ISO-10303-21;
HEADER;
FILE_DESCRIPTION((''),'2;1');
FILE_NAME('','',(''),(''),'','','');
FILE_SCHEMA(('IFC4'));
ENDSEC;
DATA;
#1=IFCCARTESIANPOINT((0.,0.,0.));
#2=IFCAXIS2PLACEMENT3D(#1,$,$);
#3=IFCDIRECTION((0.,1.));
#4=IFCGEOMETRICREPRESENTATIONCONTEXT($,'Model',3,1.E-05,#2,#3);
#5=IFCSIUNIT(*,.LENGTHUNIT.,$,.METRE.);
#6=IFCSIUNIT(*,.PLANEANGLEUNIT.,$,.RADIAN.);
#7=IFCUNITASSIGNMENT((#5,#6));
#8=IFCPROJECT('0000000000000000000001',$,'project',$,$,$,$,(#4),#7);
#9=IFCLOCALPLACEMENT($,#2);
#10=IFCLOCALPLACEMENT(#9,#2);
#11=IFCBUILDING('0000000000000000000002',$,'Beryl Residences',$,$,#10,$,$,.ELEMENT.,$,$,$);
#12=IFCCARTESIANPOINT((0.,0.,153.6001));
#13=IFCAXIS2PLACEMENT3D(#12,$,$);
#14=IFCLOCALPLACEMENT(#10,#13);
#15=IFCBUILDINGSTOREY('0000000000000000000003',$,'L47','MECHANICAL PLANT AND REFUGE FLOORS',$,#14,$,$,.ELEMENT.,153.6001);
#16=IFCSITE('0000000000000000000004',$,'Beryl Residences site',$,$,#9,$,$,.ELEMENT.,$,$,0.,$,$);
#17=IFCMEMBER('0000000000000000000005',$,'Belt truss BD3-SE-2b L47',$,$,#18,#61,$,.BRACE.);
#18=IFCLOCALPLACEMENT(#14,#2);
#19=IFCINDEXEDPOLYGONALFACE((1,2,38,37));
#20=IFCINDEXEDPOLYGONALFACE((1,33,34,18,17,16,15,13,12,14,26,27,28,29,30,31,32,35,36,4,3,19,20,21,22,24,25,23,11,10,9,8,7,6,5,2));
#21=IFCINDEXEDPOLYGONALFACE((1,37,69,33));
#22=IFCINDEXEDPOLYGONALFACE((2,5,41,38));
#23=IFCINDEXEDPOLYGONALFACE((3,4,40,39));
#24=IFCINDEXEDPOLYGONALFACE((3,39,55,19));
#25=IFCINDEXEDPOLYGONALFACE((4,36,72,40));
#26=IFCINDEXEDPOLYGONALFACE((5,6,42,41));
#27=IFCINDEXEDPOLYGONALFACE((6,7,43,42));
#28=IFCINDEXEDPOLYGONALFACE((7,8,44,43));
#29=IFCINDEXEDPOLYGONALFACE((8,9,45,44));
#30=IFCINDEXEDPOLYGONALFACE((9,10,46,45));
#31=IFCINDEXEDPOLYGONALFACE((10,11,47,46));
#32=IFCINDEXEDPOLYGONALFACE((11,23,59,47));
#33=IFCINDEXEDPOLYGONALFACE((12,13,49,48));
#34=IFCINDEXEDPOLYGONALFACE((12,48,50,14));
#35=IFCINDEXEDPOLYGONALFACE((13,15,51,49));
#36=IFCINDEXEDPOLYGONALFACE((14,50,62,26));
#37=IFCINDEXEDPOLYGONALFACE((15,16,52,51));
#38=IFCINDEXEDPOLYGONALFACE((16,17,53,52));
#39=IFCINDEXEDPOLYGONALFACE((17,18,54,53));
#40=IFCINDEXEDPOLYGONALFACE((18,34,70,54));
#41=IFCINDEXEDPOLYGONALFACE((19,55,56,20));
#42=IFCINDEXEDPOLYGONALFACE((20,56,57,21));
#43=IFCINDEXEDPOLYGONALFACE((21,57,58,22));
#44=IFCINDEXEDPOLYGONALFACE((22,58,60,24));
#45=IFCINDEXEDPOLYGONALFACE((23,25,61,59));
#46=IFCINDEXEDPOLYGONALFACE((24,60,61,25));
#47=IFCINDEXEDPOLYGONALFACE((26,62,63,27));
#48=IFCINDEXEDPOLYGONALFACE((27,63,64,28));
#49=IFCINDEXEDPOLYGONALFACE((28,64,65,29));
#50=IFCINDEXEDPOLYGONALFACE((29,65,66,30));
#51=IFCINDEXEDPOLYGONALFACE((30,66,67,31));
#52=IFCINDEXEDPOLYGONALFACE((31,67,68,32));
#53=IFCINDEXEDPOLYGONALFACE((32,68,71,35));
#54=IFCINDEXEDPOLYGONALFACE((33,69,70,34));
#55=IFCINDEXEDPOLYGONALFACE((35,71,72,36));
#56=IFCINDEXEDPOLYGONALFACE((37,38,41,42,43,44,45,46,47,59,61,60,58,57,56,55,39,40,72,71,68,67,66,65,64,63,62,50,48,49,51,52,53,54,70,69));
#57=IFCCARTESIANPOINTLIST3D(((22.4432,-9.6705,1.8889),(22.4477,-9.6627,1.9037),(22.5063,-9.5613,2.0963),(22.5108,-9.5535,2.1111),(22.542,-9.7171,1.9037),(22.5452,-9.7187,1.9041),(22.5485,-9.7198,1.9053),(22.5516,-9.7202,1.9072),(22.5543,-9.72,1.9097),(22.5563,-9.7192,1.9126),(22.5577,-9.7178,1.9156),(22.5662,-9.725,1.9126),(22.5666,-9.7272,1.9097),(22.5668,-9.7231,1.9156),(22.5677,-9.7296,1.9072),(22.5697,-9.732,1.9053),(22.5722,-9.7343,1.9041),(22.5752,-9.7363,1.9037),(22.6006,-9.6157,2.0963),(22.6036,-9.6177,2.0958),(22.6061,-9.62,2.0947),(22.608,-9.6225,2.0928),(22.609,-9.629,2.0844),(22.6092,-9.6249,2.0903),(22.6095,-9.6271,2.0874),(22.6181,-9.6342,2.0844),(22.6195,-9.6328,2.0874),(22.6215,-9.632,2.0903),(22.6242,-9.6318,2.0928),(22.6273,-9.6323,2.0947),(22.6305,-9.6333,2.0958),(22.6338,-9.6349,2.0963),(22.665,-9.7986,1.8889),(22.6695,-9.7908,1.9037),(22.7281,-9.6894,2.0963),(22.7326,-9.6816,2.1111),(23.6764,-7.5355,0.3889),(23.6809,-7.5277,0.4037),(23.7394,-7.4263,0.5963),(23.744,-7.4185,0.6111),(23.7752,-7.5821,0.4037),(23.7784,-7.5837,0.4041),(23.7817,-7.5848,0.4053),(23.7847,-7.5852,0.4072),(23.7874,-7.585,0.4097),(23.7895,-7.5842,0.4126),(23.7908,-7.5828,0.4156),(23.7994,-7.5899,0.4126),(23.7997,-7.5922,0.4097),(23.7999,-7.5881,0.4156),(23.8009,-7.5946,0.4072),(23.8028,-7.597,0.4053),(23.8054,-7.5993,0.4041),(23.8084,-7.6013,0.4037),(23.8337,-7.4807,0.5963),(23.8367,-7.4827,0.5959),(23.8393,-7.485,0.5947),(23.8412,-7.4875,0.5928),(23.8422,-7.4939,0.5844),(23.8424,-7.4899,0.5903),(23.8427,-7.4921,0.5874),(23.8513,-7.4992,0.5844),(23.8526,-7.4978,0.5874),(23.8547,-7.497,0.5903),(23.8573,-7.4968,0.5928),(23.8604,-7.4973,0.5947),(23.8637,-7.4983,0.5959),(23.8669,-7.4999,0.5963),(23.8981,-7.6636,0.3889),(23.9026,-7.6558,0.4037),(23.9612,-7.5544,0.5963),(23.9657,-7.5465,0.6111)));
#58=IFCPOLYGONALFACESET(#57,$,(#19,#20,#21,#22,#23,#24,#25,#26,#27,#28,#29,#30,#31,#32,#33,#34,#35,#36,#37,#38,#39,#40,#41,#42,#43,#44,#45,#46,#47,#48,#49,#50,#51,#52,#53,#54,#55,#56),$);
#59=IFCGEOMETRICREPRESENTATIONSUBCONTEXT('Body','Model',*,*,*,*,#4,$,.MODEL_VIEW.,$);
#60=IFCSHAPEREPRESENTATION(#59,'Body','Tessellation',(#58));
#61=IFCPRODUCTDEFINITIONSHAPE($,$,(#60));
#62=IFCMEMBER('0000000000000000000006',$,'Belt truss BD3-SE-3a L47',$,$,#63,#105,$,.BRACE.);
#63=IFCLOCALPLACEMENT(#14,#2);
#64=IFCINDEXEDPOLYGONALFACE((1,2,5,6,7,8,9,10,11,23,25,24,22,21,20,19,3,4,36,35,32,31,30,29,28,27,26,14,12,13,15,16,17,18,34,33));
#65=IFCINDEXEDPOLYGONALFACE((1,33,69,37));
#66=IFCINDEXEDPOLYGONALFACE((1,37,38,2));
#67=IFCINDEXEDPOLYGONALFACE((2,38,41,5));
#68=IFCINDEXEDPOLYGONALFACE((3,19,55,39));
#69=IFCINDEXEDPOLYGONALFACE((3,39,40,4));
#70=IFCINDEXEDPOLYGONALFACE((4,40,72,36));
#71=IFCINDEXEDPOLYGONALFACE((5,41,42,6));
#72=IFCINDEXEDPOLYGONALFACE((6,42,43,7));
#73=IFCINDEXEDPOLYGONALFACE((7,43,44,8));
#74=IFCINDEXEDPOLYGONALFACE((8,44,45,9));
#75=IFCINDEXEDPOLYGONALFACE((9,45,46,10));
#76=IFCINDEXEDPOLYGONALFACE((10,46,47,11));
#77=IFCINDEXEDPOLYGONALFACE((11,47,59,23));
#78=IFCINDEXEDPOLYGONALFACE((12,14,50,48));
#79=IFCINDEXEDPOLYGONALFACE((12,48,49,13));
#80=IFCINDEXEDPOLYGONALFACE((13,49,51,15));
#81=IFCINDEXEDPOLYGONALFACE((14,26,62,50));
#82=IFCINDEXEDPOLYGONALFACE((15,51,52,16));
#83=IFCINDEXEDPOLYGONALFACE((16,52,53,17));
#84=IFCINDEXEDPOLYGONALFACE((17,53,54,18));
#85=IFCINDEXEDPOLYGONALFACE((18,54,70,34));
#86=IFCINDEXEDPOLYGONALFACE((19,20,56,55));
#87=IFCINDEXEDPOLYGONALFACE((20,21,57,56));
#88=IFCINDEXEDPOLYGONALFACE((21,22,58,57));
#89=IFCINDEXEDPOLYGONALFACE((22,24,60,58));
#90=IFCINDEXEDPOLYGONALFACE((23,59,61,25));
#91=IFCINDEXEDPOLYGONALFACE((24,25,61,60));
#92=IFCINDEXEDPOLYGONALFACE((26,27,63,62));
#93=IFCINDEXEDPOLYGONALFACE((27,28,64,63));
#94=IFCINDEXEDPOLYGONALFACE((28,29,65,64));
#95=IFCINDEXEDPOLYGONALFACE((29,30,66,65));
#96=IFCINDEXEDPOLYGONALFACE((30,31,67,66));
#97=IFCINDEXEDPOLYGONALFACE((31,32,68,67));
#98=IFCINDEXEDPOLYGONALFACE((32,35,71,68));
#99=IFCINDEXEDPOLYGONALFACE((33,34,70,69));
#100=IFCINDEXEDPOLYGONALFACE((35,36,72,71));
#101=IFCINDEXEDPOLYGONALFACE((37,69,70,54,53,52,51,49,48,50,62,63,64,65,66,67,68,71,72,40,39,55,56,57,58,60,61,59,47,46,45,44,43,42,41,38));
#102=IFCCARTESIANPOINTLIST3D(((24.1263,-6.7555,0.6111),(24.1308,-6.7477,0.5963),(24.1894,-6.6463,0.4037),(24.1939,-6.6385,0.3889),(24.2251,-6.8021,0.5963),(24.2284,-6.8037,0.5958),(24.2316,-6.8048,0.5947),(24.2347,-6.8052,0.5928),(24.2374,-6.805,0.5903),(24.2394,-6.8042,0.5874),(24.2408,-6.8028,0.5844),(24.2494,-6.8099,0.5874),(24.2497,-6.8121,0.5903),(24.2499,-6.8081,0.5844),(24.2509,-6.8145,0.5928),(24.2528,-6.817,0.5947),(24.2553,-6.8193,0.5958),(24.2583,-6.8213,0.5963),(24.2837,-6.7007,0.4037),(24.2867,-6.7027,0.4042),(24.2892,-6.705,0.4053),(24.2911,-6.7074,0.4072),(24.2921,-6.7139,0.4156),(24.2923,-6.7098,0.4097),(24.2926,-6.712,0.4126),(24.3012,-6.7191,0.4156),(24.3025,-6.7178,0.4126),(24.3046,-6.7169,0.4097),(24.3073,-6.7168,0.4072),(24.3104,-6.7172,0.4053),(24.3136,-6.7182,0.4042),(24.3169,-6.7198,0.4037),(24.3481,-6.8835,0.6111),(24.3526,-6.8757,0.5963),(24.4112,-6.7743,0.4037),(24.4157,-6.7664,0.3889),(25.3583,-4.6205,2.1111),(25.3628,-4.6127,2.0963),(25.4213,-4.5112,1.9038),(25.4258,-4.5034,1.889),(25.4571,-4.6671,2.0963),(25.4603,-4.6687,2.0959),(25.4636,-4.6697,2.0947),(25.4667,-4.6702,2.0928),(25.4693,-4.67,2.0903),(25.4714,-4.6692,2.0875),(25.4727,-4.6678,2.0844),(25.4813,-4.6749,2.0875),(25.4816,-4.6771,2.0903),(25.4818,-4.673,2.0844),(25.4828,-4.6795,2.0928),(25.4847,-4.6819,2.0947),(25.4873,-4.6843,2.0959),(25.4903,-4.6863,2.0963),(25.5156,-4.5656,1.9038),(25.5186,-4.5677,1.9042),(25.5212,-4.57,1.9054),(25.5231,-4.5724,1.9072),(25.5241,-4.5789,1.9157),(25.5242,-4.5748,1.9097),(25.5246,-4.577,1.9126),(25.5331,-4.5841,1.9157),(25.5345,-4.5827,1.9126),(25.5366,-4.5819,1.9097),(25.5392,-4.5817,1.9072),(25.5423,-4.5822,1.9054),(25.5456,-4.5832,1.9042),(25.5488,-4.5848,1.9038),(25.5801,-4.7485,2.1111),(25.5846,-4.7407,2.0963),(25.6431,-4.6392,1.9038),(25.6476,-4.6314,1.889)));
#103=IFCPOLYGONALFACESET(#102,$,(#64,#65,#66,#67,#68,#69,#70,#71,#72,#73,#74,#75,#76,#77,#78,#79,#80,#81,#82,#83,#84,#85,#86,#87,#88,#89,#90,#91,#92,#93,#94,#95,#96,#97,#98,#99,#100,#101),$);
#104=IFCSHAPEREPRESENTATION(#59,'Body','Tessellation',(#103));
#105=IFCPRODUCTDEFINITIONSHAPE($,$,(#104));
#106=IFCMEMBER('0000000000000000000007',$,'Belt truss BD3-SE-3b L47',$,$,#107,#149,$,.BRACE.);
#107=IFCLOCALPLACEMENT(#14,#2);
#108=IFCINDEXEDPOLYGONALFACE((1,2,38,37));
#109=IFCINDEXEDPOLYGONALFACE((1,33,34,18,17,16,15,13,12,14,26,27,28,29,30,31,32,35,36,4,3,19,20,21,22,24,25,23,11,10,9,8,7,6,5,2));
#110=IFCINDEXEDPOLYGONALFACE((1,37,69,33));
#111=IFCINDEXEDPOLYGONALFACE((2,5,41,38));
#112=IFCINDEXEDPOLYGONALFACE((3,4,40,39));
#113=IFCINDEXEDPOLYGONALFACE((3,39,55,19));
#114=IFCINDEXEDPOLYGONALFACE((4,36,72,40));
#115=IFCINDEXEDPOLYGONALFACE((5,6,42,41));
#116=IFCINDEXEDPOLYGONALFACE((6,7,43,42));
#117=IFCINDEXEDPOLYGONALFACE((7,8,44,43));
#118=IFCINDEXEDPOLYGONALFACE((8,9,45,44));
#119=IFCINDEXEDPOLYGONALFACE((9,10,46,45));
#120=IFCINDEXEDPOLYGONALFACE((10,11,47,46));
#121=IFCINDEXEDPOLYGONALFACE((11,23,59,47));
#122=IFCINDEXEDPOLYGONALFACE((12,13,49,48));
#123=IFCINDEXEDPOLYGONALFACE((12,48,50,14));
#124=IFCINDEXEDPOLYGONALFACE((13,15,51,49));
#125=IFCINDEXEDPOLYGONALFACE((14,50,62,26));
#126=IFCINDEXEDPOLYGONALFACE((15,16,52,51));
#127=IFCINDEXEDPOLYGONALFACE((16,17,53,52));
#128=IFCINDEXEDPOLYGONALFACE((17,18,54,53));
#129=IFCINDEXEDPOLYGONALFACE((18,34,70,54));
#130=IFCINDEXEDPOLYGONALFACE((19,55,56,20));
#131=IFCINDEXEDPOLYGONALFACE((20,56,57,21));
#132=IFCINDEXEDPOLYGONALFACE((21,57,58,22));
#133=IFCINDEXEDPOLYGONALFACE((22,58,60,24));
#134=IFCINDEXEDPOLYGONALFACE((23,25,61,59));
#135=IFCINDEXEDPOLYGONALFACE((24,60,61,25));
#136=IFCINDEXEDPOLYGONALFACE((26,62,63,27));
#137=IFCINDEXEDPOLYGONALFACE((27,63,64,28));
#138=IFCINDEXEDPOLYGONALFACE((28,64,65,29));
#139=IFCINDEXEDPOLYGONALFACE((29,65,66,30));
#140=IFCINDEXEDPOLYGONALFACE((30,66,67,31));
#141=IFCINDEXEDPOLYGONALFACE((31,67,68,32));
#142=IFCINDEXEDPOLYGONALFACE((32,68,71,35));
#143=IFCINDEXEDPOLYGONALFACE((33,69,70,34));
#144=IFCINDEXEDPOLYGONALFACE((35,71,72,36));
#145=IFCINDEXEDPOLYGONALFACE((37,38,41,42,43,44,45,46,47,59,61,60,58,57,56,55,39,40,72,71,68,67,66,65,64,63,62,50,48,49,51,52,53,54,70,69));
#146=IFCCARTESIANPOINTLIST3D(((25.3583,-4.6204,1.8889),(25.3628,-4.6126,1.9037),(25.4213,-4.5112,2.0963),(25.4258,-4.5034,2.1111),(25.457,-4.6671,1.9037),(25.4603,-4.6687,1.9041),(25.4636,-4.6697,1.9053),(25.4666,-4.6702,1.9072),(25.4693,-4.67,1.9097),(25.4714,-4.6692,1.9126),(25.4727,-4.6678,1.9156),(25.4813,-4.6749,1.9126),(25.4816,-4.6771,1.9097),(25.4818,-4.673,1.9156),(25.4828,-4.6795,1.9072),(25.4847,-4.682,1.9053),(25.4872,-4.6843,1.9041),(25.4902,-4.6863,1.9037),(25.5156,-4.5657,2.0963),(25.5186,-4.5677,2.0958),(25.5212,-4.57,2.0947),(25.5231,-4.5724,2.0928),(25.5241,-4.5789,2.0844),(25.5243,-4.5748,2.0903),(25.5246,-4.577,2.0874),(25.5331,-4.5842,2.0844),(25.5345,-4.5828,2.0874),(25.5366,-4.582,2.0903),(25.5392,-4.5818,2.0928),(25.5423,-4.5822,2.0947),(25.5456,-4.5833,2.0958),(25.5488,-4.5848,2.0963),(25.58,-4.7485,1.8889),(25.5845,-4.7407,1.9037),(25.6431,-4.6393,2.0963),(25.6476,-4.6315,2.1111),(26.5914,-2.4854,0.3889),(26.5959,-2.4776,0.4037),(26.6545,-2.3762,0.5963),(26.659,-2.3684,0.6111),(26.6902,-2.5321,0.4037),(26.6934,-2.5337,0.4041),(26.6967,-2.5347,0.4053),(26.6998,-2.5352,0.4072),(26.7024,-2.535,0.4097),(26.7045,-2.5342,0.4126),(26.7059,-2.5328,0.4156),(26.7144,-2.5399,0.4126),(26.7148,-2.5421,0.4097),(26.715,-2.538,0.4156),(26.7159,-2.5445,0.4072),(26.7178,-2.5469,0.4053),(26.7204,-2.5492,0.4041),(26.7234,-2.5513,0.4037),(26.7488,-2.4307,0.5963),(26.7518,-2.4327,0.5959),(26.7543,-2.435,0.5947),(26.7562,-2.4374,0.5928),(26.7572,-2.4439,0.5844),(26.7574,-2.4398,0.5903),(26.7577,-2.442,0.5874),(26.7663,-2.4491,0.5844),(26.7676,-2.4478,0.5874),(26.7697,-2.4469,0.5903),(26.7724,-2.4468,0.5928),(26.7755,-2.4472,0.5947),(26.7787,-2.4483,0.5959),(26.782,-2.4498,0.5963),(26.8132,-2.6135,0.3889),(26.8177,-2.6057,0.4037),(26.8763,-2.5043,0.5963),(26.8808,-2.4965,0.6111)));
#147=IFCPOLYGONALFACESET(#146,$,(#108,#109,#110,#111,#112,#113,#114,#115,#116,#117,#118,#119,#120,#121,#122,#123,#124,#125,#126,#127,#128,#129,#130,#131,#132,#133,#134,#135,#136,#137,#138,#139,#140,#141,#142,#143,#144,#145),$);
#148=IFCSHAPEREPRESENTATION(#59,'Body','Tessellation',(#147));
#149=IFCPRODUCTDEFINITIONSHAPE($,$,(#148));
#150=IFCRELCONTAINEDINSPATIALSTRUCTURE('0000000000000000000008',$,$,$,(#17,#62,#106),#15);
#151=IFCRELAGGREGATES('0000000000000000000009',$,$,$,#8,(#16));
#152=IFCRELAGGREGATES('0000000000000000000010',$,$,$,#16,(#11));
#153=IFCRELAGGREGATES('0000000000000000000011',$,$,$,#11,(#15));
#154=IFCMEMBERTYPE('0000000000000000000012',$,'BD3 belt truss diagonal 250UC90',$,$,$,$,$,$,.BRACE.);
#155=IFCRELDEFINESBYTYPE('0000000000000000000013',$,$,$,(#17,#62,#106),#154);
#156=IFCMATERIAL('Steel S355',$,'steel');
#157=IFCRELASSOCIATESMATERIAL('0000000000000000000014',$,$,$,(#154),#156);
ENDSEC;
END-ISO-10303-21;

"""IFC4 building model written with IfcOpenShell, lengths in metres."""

from ifc_helpers import new_model, si_unit, direction, frame, origin, origin_2d, place, context, subcontext, project, spatial, i_section, extrude, material, material_profile, profile_set, type_object, element, save


model = new_model("IFC4")

# Units and contexts
model_context = context("Model", 3, precision=1e-05, world=origin(), true_north=direction((0.0, 1.0)))
body_context = subcontext(model_context, "Body", "Model", "MODEL_VIEW")
ifc_project = project(units=[si_unit("LENGTHUNIT", "METRE"), si_unit("PLANEANGLEUNIT", "RADIAN")], contexts=[model_context])

# Site, building, storey
site_placement = place(None, origin())
site = spatial("IfcSite", under=ifc_project, at=site_placement, Name="Beryl Residences site", CompositionType="ELEMENT", RefElevation=0.0)
building_placement = place(site_placement, origin())
building = spatial("IfcBuilding", under=site, at=building_placement, Name="Beryl Residences", CompositionType="ELEMENT")
storey_placement = place(building_placement, frame((0.0, 0.0, 153.6001)))
storey = spatial("IfcBuildingStorey", under=building, at=storey_placement, Name="L47", Description="MECHANICAL PLANT AND REFUGE FLOORS", CompositionType="ELEMENT", Elevation=153.6001)

# Members
ifc_material_1 = material(Name="Steel S355", Category="steel")
ifc_material_profile_1 = material_profile(ifc_material_1, i_section(OverallWidth=0.2561, OverallDepth=0.26, WebThickness=0.0105, FlangeThickness=0.0173, FilletRadius=0.0139, at=origin_2d()))
ifc_profile_set_1 = profile_set([ifc_material_profile_1], Name="Steel S355")
member_type_1 = type_object("IfcMemberType", Name="BD3 belt truss diagonal 250UC90", PredefinedType="BRACE", material=ifc_profile_set_1)
for number, where, z_axis, x_axis, name in (
    (1, (23.821, -7.541, 0.5), (-0.42729, -0.739784, 0.519752), (0.865937, -0.500154, 0.0), "Belt truss BD3-SE-2b L47"),
):
    element("IfcMember", number, at=place(storey_placement, frame(where, z_axis=z_axis, x_axis=x_axis)), inside=storey, type_object=member_type_1, Name=name, PredefinedType="BRACE", context=body_context, shape_type="SweptSolid", body=[
        extrude(i_section(OverallWidth=0.2561, OverallDepth=0.26, WebThickness=0.0105, FlangeThickness=0.0173, FilletRadius=0.0139, at=origin_2d()), origin(), (0.0, 0.0, 1.0), 2.886),
    ])
member_1_placement = place(storey_placement, frame((24.271, -6.761, 0.5), z_axis=(0.426944, 0.739918, 0.519846), x_axis=(-0.866151, 0.499782, 0.0)))
element("IfcMember", 2, at=member_1_placement, inside=storey, type_object=member_type_1, Name="Belt truss BD3-SE-3a L47", PredefinedType="BRACE", context=body_context, shape_type="SweptSolid", body=[
    extrude(i_section(OverallWidth=0.2561, OverallDepth=0.26, WebThickness=0.0105, FlangeThickness=0.0173, FilletRadius=0.0139, at=origin_2d()), origin(), (0.0, 0.0, 1.0), 2.8855),
])
member_2_placement = place(storey_placement, frame((26.7361, -2.491, 0.5), z_axis=(-0.42729, -0.739784, 0.519752), x_axis=(0.865937, -0.500154, 0.0)))
element("IfcMember", 3, at=member_2_placement, inside=storey, type_object=member_type_1, Name="Belt truss BD3-SE-3b L47", PredefinedType="BRACE", context=body_context, shape_type="SweptSolid", body=[
    extrude(i_section(OverallWidth=0.2561, OverallDepth=0.26, WebThickness=0.0105, FlangeThickness=0.0173, FilletRadius=0.0139, at=origin_2d()), origin(), (0.0, 0.0, 1.0), 2.886),
])

save(model, "model.ifc")
